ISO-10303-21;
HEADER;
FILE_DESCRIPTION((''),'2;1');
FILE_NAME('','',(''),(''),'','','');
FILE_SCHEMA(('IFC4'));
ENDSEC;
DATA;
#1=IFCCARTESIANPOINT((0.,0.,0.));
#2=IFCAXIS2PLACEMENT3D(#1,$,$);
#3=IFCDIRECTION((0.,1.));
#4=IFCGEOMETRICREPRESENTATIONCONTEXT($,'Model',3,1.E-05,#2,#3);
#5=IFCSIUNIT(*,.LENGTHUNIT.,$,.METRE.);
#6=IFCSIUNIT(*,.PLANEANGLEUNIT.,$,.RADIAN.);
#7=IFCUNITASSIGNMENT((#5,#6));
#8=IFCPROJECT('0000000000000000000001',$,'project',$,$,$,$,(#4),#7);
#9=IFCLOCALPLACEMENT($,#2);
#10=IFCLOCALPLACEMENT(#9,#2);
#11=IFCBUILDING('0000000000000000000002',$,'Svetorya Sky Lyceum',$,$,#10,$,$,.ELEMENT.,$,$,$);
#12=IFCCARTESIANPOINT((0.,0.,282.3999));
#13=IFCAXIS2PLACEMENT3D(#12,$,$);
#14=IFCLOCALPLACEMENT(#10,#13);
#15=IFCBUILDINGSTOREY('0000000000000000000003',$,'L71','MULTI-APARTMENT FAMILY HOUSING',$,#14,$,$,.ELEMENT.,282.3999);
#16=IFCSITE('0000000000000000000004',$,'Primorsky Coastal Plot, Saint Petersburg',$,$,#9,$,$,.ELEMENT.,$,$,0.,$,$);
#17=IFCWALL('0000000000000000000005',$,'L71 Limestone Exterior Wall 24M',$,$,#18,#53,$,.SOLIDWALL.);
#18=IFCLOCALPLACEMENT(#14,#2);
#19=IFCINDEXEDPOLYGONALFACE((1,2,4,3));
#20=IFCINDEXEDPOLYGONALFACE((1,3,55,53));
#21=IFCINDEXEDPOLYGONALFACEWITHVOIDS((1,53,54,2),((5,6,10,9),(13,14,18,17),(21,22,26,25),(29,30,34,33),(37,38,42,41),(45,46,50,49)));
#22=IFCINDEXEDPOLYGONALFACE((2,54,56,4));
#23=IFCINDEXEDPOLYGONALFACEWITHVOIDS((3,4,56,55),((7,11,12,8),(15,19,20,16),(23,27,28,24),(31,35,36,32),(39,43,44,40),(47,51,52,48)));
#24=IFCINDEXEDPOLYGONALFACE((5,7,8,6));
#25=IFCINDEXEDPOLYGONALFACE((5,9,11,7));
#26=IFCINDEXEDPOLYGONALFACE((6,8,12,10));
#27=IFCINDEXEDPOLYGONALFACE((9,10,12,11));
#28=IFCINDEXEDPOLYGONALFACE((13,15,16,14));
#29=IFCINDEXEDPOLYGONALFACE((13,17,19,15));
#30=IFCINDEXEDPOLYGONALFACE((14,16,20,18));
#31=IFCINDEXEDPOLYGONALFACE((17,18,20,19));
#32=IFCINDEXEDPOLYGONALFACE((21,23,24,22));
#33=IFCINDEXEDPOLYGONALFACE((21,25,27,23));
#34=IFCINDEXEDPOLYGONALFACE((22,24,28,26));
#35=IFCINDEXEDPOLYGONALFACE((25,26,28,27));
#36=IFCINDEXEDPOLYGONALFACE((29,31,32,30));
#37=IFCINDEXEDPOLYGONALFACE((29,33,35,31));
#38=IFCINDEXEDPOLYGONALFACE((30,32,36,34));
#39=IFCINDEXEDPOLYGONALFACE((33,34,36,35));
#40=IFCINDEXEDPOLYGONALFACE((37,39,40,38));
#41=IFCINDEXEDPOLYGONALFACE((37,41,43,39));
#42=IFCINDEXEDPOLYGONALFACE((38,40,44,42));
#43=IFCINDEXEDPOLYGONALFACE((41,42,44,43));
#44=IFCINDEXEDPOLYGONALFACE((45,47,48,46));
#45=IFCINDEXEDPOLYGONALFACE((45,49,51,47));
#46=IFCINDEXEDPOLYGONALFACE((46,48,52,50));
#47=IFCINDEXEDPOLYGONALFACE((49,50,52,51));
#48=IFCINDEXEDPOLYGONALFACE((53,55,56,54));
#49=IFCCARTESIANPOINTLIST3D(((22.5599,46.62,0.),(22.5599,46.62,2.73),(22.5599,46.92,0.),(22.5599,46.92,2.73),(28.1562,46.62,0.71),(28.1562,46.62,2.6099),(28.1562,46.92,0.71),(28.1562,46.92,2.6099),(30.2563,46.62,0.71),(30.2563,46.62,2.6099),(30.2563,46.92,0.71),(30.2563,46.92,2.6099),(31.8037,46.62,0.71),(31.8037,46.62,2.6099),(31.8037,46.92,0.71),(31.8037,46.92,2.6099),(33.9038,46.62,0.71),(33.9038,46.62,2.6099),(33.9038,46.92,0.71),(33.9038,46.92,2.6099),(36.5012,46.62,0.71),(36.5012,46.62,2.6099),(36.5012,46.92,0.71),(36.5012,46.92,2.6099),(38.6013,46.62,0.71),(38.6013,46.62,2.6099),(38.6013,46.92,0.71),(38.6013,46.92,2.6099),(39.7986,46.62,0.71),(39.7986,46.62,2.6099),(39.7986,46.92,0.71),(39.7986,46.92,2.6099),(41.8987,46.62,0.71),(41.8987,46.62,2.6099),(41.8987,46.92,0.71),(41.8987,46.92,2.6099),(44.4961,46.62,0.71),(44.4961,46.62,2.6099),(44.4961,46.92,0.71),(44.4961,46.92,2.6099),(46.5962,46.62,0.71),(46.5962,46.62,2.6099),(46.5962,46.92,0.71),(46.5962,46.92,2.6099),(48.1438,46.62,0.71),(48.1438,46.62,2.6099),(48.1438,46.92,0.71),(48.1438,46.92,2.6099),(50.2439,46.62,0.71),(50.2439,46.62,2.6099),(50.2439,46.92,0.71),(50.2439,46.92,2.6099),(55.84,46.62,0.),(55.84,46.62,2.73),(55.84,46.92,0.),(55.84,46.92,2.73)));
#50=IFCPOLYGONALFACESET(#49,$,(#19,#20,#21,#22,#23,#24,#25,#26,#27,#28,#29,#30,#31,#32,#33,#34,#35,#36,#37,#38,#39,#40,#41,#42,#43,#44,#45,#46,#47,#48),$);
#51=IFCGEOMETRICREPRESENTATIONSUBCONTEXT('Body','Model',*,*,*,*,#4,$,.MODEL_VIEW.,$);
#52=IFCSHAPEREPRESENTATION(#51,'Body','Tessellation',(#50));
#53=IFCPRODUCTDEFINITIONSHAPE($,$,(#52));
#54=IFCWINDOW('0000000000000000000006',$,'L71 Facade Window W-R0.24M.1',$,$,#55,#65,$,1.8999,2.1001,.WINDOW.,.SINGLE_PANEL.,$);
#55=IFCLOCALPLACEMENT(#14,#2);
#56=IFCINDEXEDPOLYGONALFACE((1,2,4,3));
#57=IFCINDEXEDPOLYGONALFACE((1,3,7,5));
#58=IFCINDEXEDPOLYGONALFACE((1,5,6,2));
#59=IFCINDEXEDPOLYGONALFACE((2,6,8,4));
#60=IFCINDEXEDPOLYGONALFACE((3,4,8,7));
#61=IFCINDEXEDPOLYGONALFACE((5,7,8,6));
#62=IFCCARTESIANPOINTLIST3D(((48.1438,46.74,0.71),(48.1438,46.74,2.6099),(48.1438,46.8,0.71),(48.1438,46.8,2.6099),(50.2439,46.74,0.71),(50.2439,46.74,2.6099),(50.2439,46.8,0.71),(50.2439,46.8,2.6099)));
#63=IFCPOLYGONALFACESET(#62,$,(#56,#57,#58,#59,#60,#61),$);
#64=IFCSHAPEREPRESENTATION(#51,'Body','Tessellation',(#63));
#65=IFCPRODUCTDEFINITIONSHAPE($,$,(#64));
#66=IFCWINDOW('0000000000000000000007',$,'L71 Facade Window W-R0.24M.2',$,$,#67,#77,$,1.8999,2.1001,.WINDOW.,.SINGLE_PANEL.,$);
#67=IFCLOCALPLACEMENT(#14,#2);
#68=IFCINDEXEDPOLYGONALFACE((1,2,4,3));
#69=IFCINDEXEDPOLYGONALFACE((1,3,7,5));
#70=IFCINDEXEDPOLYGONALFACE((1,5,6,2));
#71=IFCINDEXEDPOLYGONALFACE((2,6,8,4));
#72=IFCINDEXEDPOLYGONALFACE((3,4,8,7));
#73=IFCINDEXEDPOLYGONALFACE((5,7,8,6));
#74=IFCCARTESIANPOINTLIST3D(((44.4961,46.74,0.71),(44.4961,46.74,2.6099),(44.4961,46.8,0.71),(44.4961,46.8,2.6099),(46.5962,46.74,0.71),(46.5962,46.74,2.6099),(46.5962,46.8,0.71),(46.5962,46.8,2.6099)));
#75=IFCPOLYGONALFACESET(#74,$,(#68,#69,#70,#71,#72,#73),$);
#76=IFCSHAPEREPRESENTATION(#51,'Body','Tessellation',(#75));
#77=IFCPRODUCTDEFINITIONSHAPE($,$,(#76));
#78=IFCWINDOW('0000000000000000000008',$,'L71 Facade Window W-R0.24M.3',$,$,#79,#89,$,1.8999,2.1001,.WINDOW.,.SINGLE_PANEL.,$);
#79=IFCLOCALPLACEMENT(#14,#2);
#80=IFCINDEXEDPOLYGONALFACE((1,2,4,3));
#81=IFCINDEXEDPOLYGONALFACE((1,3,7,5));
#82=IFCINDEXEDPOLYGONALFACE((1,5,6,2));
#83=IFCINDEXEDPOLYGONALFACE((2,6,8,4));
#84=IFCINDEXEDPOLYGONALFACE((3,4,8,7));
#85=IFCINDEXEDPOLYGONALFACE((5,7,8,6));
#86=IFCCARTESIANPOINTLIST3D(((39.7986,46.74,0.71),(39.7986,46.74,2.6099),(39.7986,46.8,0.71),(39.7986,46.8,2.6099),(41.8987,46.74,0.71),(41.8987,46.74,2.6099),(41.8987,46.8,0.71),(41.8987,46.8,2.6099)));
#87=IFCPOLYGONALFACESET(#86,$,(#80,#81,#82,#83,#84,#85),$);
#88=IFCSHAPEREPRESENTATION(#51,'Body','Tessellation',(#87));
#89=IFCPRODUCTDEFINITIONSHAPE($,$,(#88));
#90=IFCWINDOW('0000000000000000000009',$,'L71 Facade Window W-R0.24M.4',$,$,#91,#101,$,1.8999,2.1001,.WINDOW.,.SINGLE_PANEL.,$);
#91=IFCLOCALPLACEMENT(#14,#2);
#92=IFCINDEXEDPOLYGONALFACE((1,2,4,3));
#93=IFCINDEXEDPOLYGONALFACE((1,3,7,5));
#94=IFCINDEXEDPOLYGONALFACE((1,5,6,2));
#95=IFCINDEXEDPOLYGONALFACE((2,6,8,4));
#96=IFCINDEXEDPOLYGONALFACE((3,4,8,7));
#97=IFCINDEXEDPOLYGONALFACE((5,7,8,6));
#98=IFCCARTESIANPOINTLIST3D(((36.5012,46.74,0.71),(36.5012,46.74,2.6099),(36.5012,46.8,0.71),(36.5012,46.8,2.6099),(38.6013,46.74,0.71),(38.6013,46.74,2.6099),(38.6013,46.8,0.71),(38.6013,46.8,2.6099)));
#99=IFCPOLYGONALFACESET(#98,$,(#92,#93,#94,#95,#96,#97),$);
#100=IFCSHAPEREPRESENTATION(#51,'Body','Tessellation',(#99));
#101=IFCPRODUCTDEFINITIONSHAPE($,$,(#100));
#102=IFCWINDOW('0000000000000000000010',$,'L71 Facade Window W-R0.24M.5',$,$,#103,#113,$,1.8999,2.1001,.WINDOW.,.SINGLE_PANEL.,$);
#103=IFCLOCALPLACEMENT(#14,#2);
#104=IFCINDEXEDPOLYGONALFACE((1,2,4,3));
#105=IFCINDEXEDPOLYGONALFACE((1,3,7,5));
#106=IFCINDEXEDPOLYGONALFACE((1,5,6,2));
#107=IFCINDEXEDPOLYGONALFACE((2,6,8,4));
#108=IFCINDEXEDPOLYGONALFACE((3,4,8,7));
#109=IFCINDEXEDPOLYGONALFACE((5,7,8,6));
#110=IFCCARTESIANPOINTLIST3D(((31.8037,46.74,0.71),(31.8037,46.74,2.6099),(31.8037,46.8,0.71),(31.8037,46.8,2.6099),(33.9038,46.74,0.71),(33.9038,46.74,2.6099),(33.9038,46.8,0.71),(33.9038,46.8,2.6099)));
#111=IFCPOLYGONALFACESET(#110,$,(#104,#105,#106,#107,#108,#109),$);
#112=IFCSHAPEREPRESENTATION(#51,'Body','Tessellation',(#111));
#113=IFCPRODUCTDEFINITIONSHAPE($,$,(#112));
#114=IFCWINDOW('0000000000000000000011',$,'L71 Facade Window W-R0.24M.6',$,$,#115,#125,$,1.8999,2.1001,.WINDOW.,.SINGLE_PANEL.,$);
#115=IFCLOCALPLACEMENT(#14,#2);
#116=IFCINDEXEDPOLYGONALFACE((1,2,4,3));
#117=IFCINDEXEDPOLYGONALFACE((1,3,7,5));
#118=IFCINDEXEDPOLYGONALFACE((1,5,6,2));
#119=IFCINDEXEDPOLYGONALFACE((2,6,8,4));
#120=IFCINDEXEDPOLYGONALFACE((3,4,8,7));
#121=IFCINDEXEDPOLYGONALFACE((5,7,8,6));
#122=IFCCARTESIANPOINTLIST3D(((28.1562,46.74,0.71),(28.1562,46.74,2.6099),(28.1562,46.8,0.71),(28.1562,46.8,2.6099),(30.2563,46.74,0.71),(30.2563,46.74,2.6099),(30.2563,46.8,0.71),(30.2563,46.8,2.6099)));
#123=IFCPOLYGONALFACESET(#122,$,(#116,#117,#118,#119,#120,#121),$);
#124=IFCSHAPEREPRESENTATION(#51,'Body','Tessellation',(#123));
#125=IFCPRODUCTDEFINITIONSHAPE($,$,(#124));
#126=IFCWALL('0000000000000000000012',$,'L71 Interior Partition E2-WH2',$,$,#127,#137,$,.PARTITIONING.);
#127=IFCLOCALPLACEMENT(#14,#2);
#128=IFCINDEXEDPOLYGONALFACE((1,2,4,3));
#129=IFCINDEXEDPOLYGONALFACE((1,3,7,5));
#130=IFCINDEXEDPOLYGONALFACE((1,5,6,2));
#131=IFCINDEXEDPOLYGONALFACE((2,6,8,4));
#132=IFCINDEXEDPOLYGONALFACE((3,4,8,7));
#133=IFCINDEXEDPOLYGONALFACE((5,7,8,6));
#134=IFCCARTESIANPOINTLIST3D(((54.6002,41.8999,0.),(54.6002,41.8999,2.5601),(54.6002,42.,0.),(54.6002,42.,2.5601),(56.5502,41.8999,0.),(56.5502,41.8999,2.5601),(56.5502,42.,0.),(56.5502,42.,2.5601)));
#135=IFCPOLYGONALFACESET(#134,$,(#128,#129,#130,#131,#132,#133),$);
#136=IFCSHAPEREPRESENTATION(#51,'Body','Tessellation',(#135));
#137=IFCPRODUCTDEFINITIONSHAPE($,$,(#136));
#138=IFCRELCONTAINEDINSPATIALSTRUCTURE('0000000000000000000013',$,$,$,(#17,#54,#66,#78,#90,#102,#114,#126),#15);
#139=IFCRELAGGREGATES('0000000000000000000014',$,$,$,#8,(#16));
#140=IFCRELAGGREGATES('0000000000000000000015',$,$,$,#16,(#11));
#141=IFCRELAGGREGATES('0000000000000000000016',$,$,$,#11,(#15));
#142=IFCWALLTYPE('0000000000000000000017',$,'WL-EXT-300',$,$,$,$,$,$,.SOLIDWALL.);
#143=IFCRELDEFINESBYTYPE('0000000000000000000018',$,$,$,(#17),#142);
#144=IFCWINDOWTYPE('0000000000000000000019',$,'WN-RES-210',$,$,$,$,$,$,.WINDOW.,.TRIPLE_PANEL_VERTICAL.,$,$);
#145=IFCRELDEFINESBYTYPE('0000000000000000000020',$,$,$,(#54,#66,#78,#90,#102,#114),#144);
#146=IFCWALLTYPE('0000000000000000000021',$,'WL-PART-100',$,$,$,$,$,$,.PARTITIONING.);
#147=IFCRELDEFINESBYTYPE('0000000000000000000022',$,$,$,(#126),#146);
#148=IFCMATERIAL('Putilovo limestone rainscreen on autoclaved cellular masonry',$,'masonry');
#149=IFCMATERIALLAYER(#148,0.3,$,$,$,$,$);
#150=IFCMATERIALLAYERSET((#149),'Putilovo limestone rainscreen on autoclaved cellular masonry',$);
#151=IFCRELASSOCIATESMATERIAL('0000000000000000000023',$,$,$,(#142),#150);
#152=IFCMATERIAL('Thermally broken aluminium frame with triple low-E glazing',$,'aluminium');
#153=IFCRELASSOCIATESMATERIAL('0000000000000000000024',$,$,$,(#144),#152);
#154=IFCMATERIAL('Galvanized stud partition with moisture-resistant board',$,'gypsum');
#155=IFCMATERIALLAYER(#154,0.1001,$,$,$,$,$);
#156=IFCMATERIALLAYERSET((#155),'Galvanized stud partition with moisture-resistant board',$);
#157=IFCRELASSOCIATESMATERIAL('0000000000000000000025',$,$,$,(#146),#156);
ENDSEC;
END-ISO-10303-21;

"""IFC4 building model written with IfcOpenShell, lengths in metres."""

from ifc_helpers import new_model, si_unit, direction, frame, frame_2d, origin, place, context, subcontext, project, spatial, rectangle, extrude, material, layer, layer_set, type_object, element, fill, save


model = new_model("IFC4")

# Units and contexts
model_context = context("Model", 3, precision=1e-05, world=origin(), true_north=direction((0.0, 1.0)))
body_context = subcontext(model_context, "Body", "Model", "MODEL_VIEW")
ifc_project = project(units=[si_unit("LENGTHUNIT", "METRE"), si_unit("PLANEANGLEUNIT", "RADIAN")], contexts=[model_context])

# Site, building, storey
site_placement = place(None, origin())
site = spatial("IfcSite", under=ifc_project, at=site_placement, Name="Primorsky Coastal Plot, Saint Petersburg", CompositionType="ELEMENT", RefElevation=0.0)
building_placement = place(site_placement, origin())
building = spatial("IfcBuilding", under=site, at=building_placement, Name="Svetorya Sky Lyceum", CompositionType="ELEMENT")
storey_placement = place(building_placement, frame((0.0, 0.0, 282.3999)))
storey = spatial("IfcBuildingStorey", under=building, at=storey_placement, Name="L71", Description="MULTI-APARTMENT FAMILY HOUSING", CompositionType="ELEMENT", Elevation=282.3999)

# Shared definitions
ifc_material_1 = material(Name="Putilovo limestone rainscreen on autoclaved cellular masonry", Category="masonry")
ifc_layer_1 = layer(ifc_material_1, 0.3)
ifc_layer_set_1 = layer_set([ifc_layer_1], Name="Putilovo limestone rainscreen on autoclaved cellular masonry")
wall_type_1 = type_object("IfcWallType", Name="WL-EXT-300", PredefinedType="SOLIDWALL", material=ifc_layer_set_1)

# Wall, openings, windows
wall_1_placement = place(storey_placement, frame((55.8401, 46.77, 0.0), z_axis=(0.0, 0.0, 1.0), x_axis=(-1.0, 0.0, 0.0)))
wall_1 = element("IfcWall", 1, at=wall_1_placement, inside=storey, type_object=wall_type_1, Name="L71 Limestone Exterior Wall 24M", PredefinedType="SOLIDWALL", context=body_context, shape_type="SweptSolid", body=[
    extrude(rectangle(XDim=33.28, YDim=0.3, at=frame_2d((16.6401, 0.0))), origin(), (0.0, 0.0, 1.0), 2.73),
])
opening_1_placement = place(wall_1_placement, frame((5.5962, 0.0, 0.71)))
opening_1 = element("IfcOpeningElement", 2, at=opening_1_placement, cuts=wall_1, PredefinedType="OPENING", context=body_context, shape_type="SweptSolid", body=[
    extrude(rectangle(XDim=2.1001, YDim=1.8999, at=frame_2d((1.05, 0.95))), frame((0.0, 0.1599, 0.0), z_axis=(0.0, -1.0, 0.0), x_axis=(1.0, 0.0, 0.0)), (0.0, 0.0, 1.0), 0.3201),
])
opening_2_placement = place(wall_1_placement, frame((9.2439, 0.0, 0.71)))
opening_2 = element("IfcOpeningElement", 3, at=opening_2_placement, cuts=wall_1, PredefinedType="OPENING", context=body_context, shape_type="SweptSolid", body=[
    extrude(rectangle(XDim=2.1001, YDim=1.8999, at=frame_2d((1.05, 0.95))), frame((0.0, 0.1599, 0.0), z_axis=(0.0, -1.0, 0.0), x_axis=(1.0, 0.0, 0.0)), (0.0, 0.0, 1.0), 0.3201),
])
opening_3_placement = place(wall_1_placement, frame((13.9414, 0.0, 0.71)))
opening_3 = element("IfcOpeningElement", 4, at=opening_3_placement, cuts=wall_1, PredefinedType="OPENING", context=body_context, shape_type="SweptSolid", body=[
    extrude(rectangle(XDim=2.1001, YDim=1.8999, at=frame_2d((1.05, 0.95))), frame((0.0, 0.1599, 0.0), z_axis=(0.0, -1.0, 0.0), x_axis=(1.0, 0.0, 0.0)), (0.0, 0.0, 1.0), 0.3201),
])
opening_4_placement = place(wall_1_placement, frame((17.2388, 0.0, 0.71)))
opening_4 = element("IfcOpeningElement", 5, at=opening_4_placement, cuts=wall_1, PredefinedType="OPENING", context=body_context, shape_type="SweptSolid", body=[
    extrude(rectangle(XDim=2.1001, YDim=1.8999, at=frame_2d((1.05, 0.95))), frame((0.0, 0.1599, 0.0), z_axis=(0.0, -1.0, 0.0), x_axis=(1.0, 0.0, 0.0)), (0.0, 0.0, 1.0), 0.3201),
])
opening_5_placement = place(wall_1_placement, frame((21.9363, 0.0, 0.71)))
opening_5 = element("IfcOpeningElement", 6, at=opening_5_placement, cuts=wall_1, PredefinedType="OPENING", context=body_context, shape_type="SweptSolid", body=[
    extrude(rectangle(XDim=2.1001, YDim=1.8999, at=frame_2d((1.05, 0.95))), frame((0.0, 0.1599, 0.0), z_axis=(0.0, -1.0, 0.0), x_axis=(1.0, 0.0, 0.0)), (0.0, 0.0, 1.0), 0.3201),
])
opening_6_placement = place(wall_1_placement, frame((25.5837, 0.0, 0.71)))
opening_6 = element("IfcOpeningElement", 7, at=opening_6_placement, cuts=wall_1, PredefinedType="OPENING", context=body_context, shape_type="SweptSolid", body=[
    extrude(rectangle(XDim=2.1001, YDim=1.8999, at=frame_2d((1.05, 0.95))), frame((0.0, 0.1599, 0.0), z_axis=(0.0, -1.0, 0.0), x_axis=(1.0, 0.0, 0.0)), (0.0, 0.0, 1.0), 0.3201),
])
ifc_material_2 = material(Name="Thermally broken aluminium frame with triple low-E glazing", Category="aluminium")
window_type = type_object("IfcWindowType", Name="WN-RES-210", PartitioningType="TRIPLE_PANEL_VERTICAL", PredefinedType="WINDOW", material=ifc_material_2)
window_1_placement = place(opening_1_placement, origin())
window_1 = element("IfcWindow", 8, at=window_1_placement, inside=storey, type_object=window_type, Name="L71 Facade Window W-R0.24M.1", OverallHeight=1.8999, OverallWidth=2.1001, PartitioningType="SINGLE_PANEL", PredefinedType="WINDOW", context=body_context, shape_type="SweptSolid", body=[
    extrude(rectangle(XDim=2.1001, YDim=1.8999, at=frame_2d((1.05, 0.95))), frame((0.0, 0.03, 0.0), z_axis=(0.0, -1.0, 0.0), x_axis=(1.0, 0.0, 0.0)), (0.0, 0.0, 1.0), 0.0601),
])
fill(opening_1, window_1)
window_2_placement = place(opening_2_placement, origin())
window_2 = element("IfcWindow", 9, at=window_2_placement, inside=storey, type_object=window_type, Name="L71 Facade Window W-R0.24M.2", OverallHeight=1.8999, OverallWidth=2.1001, PartitioningType="SINGLE_PANEL", PredefinedType="WINDOW", context=body_context, shape_type="SweptSolid", body=[
    extrude(rectangle(XDim=2.1001, YDim=1.8999, at=frame_2d((1.05, 0.95))), frame((0.0, 0.03, 0.0), z_axis=(0.0, -1.0, 0.0), x_axis=(1.0, 0.0, 0.0)), (0.0, 0.0, 1.0), 0.0601),
])
fill(opening_2, window_2)
window_3_placement = place(opening_3_placement, origin())
window_3 = element("IfcWindow", 10, at=window_3_placement, inside=storey, type_object=window_type, Name="L71 Facade Window W-R0.24M.3", OverallHeight=1.8999, OverallWidth=2.1001, PartitioningType="SINGLE_PANEL", PredefinedType="WINDOW", context=body_context, shape_type="SweptSolid", body=[
    extrude(rectangle(XDim=2.1001, YDim=1.8999, at=frame_2d((1.05, 0.95))), frame((0.0, 0.03, 0.0), z_axis=(0.0, -1.0, 0.0), x_axis=(1.0, 0.0, 0.0)), (0.0, 0.0, 1.0), 0.0601),
])
fill(opening_3, window_3)
window_4_placement = place(opening_4_placement, origin())
window_4 = element("IfcWindow", 11, at=window_4_placement, inside=storey, type_object=window_type, Name="L71 Facade Window W-R0.24M.4", OverallHeight=1.8999, OverallWidth=2.1001, PartitioningType="SINGLE_PANEL", PredefinedType="WINDOW", context=body_context, shape_type="SweptSolid", body=[
    extrude(rectangle(XDim=2.1001, YDim=1.8999, at=frame_2d((1.05, 0.95))), frame((0.0, 0.03, 0.0), z_axis=(0.0, -1.0, 0.0), x_axis=(1.0, 0.0, 0.0)), (0.0, 0.0, 1.0), 0.0601),
])
fill(opening_4, window_4)
window_5_placement = place(opening_5_placement, origin())
window_5 = element("IfcWindow", 12, at=window_5_placement, inside=storey, type_object=window_type, Name="L71 Facade Window W-R0.24M.5", OverallHeight=1.8999, OverallWidth=2.1001, PartitioningType="SINGLE_PANEL", PredefinedType="WINDOW", context=body_context, shape_type="SweptSolid", body=[
    extrude(rectangle(XDim=2.1001, YDim=1.8999, at=frame_2d((1.05, 0.95))), frame((0.0, 0.03, 0.0), z_axis=(0.0, -1.0, 0.0), x_axis=(1.0, 0.0, 0.0)), (0.0, 0.0, 1.0), 0.0601),
])
fill(opening_5, window_5)
window_6_placement = place(opening_6_placement, origin())
window_6 = element("IfcWindow", 13, at=window_6_placement, inside=storey, type_object=window_type, Name="L71 Facade Window W-R0.24M.6", OverallHeight=1.8999, OverallWidth=2.1001, PartitioningType="SINGLE_PANEL", PredefinedType="WINDOW", context=body_context, shape_type="SweptSolid", body=[
    extrude(rectangle(XDim=2.1001, YDim=1.8999, at=frame_2d((1.05, 0.95))), frame((0.0, 0.03, 0.0), z_axis=(0.0, -1.0, 0.0), x_axis=(1.0, 0.0, 0.0)), (0.0, 0.0, 1.0), 0.0601),
])
fill(opening_6, window_6)

# Wall
ifc_material_3 = material(Name="Galvanized stud partition with moisture-resistant board", Category="gypsum")
ifc_layer_2 = layer(ifc_material_3, 0.1001)
ifc_layer_set_2 = layer_set([ifc_layer_2], Name="Galvanized stud partition with moisture-resistant board")
wall_type_2 = type_object("IfcWallType", Name="WL-PART-100", PredefinedType="PARTITIONING", material=ifc_layer_set_2)
wall_2_placement = place(storey_placement, frame((54.6001, 41.95, 0.0), z_axis=(0.0, 0.0, 1.0), x_axis=(1.0, 0.0, 0.0)))
element("IfcWall", 14, at=wall_2_placement, inside=storey, type_object=wall_type_2, Name="L71 Interior Partition E2-WH2", PredefinedType="PARTITIONING", context=body_context, shape_type="SweptSolid", body=[
    extrude(rectangle(XDim=1.95, YDim=0.1001, at=frame_2d((0.9751, 0.0))), origin(), (0.0, 0.0, 1.0), 2.5601),
])

save(model, "model.ifc")
